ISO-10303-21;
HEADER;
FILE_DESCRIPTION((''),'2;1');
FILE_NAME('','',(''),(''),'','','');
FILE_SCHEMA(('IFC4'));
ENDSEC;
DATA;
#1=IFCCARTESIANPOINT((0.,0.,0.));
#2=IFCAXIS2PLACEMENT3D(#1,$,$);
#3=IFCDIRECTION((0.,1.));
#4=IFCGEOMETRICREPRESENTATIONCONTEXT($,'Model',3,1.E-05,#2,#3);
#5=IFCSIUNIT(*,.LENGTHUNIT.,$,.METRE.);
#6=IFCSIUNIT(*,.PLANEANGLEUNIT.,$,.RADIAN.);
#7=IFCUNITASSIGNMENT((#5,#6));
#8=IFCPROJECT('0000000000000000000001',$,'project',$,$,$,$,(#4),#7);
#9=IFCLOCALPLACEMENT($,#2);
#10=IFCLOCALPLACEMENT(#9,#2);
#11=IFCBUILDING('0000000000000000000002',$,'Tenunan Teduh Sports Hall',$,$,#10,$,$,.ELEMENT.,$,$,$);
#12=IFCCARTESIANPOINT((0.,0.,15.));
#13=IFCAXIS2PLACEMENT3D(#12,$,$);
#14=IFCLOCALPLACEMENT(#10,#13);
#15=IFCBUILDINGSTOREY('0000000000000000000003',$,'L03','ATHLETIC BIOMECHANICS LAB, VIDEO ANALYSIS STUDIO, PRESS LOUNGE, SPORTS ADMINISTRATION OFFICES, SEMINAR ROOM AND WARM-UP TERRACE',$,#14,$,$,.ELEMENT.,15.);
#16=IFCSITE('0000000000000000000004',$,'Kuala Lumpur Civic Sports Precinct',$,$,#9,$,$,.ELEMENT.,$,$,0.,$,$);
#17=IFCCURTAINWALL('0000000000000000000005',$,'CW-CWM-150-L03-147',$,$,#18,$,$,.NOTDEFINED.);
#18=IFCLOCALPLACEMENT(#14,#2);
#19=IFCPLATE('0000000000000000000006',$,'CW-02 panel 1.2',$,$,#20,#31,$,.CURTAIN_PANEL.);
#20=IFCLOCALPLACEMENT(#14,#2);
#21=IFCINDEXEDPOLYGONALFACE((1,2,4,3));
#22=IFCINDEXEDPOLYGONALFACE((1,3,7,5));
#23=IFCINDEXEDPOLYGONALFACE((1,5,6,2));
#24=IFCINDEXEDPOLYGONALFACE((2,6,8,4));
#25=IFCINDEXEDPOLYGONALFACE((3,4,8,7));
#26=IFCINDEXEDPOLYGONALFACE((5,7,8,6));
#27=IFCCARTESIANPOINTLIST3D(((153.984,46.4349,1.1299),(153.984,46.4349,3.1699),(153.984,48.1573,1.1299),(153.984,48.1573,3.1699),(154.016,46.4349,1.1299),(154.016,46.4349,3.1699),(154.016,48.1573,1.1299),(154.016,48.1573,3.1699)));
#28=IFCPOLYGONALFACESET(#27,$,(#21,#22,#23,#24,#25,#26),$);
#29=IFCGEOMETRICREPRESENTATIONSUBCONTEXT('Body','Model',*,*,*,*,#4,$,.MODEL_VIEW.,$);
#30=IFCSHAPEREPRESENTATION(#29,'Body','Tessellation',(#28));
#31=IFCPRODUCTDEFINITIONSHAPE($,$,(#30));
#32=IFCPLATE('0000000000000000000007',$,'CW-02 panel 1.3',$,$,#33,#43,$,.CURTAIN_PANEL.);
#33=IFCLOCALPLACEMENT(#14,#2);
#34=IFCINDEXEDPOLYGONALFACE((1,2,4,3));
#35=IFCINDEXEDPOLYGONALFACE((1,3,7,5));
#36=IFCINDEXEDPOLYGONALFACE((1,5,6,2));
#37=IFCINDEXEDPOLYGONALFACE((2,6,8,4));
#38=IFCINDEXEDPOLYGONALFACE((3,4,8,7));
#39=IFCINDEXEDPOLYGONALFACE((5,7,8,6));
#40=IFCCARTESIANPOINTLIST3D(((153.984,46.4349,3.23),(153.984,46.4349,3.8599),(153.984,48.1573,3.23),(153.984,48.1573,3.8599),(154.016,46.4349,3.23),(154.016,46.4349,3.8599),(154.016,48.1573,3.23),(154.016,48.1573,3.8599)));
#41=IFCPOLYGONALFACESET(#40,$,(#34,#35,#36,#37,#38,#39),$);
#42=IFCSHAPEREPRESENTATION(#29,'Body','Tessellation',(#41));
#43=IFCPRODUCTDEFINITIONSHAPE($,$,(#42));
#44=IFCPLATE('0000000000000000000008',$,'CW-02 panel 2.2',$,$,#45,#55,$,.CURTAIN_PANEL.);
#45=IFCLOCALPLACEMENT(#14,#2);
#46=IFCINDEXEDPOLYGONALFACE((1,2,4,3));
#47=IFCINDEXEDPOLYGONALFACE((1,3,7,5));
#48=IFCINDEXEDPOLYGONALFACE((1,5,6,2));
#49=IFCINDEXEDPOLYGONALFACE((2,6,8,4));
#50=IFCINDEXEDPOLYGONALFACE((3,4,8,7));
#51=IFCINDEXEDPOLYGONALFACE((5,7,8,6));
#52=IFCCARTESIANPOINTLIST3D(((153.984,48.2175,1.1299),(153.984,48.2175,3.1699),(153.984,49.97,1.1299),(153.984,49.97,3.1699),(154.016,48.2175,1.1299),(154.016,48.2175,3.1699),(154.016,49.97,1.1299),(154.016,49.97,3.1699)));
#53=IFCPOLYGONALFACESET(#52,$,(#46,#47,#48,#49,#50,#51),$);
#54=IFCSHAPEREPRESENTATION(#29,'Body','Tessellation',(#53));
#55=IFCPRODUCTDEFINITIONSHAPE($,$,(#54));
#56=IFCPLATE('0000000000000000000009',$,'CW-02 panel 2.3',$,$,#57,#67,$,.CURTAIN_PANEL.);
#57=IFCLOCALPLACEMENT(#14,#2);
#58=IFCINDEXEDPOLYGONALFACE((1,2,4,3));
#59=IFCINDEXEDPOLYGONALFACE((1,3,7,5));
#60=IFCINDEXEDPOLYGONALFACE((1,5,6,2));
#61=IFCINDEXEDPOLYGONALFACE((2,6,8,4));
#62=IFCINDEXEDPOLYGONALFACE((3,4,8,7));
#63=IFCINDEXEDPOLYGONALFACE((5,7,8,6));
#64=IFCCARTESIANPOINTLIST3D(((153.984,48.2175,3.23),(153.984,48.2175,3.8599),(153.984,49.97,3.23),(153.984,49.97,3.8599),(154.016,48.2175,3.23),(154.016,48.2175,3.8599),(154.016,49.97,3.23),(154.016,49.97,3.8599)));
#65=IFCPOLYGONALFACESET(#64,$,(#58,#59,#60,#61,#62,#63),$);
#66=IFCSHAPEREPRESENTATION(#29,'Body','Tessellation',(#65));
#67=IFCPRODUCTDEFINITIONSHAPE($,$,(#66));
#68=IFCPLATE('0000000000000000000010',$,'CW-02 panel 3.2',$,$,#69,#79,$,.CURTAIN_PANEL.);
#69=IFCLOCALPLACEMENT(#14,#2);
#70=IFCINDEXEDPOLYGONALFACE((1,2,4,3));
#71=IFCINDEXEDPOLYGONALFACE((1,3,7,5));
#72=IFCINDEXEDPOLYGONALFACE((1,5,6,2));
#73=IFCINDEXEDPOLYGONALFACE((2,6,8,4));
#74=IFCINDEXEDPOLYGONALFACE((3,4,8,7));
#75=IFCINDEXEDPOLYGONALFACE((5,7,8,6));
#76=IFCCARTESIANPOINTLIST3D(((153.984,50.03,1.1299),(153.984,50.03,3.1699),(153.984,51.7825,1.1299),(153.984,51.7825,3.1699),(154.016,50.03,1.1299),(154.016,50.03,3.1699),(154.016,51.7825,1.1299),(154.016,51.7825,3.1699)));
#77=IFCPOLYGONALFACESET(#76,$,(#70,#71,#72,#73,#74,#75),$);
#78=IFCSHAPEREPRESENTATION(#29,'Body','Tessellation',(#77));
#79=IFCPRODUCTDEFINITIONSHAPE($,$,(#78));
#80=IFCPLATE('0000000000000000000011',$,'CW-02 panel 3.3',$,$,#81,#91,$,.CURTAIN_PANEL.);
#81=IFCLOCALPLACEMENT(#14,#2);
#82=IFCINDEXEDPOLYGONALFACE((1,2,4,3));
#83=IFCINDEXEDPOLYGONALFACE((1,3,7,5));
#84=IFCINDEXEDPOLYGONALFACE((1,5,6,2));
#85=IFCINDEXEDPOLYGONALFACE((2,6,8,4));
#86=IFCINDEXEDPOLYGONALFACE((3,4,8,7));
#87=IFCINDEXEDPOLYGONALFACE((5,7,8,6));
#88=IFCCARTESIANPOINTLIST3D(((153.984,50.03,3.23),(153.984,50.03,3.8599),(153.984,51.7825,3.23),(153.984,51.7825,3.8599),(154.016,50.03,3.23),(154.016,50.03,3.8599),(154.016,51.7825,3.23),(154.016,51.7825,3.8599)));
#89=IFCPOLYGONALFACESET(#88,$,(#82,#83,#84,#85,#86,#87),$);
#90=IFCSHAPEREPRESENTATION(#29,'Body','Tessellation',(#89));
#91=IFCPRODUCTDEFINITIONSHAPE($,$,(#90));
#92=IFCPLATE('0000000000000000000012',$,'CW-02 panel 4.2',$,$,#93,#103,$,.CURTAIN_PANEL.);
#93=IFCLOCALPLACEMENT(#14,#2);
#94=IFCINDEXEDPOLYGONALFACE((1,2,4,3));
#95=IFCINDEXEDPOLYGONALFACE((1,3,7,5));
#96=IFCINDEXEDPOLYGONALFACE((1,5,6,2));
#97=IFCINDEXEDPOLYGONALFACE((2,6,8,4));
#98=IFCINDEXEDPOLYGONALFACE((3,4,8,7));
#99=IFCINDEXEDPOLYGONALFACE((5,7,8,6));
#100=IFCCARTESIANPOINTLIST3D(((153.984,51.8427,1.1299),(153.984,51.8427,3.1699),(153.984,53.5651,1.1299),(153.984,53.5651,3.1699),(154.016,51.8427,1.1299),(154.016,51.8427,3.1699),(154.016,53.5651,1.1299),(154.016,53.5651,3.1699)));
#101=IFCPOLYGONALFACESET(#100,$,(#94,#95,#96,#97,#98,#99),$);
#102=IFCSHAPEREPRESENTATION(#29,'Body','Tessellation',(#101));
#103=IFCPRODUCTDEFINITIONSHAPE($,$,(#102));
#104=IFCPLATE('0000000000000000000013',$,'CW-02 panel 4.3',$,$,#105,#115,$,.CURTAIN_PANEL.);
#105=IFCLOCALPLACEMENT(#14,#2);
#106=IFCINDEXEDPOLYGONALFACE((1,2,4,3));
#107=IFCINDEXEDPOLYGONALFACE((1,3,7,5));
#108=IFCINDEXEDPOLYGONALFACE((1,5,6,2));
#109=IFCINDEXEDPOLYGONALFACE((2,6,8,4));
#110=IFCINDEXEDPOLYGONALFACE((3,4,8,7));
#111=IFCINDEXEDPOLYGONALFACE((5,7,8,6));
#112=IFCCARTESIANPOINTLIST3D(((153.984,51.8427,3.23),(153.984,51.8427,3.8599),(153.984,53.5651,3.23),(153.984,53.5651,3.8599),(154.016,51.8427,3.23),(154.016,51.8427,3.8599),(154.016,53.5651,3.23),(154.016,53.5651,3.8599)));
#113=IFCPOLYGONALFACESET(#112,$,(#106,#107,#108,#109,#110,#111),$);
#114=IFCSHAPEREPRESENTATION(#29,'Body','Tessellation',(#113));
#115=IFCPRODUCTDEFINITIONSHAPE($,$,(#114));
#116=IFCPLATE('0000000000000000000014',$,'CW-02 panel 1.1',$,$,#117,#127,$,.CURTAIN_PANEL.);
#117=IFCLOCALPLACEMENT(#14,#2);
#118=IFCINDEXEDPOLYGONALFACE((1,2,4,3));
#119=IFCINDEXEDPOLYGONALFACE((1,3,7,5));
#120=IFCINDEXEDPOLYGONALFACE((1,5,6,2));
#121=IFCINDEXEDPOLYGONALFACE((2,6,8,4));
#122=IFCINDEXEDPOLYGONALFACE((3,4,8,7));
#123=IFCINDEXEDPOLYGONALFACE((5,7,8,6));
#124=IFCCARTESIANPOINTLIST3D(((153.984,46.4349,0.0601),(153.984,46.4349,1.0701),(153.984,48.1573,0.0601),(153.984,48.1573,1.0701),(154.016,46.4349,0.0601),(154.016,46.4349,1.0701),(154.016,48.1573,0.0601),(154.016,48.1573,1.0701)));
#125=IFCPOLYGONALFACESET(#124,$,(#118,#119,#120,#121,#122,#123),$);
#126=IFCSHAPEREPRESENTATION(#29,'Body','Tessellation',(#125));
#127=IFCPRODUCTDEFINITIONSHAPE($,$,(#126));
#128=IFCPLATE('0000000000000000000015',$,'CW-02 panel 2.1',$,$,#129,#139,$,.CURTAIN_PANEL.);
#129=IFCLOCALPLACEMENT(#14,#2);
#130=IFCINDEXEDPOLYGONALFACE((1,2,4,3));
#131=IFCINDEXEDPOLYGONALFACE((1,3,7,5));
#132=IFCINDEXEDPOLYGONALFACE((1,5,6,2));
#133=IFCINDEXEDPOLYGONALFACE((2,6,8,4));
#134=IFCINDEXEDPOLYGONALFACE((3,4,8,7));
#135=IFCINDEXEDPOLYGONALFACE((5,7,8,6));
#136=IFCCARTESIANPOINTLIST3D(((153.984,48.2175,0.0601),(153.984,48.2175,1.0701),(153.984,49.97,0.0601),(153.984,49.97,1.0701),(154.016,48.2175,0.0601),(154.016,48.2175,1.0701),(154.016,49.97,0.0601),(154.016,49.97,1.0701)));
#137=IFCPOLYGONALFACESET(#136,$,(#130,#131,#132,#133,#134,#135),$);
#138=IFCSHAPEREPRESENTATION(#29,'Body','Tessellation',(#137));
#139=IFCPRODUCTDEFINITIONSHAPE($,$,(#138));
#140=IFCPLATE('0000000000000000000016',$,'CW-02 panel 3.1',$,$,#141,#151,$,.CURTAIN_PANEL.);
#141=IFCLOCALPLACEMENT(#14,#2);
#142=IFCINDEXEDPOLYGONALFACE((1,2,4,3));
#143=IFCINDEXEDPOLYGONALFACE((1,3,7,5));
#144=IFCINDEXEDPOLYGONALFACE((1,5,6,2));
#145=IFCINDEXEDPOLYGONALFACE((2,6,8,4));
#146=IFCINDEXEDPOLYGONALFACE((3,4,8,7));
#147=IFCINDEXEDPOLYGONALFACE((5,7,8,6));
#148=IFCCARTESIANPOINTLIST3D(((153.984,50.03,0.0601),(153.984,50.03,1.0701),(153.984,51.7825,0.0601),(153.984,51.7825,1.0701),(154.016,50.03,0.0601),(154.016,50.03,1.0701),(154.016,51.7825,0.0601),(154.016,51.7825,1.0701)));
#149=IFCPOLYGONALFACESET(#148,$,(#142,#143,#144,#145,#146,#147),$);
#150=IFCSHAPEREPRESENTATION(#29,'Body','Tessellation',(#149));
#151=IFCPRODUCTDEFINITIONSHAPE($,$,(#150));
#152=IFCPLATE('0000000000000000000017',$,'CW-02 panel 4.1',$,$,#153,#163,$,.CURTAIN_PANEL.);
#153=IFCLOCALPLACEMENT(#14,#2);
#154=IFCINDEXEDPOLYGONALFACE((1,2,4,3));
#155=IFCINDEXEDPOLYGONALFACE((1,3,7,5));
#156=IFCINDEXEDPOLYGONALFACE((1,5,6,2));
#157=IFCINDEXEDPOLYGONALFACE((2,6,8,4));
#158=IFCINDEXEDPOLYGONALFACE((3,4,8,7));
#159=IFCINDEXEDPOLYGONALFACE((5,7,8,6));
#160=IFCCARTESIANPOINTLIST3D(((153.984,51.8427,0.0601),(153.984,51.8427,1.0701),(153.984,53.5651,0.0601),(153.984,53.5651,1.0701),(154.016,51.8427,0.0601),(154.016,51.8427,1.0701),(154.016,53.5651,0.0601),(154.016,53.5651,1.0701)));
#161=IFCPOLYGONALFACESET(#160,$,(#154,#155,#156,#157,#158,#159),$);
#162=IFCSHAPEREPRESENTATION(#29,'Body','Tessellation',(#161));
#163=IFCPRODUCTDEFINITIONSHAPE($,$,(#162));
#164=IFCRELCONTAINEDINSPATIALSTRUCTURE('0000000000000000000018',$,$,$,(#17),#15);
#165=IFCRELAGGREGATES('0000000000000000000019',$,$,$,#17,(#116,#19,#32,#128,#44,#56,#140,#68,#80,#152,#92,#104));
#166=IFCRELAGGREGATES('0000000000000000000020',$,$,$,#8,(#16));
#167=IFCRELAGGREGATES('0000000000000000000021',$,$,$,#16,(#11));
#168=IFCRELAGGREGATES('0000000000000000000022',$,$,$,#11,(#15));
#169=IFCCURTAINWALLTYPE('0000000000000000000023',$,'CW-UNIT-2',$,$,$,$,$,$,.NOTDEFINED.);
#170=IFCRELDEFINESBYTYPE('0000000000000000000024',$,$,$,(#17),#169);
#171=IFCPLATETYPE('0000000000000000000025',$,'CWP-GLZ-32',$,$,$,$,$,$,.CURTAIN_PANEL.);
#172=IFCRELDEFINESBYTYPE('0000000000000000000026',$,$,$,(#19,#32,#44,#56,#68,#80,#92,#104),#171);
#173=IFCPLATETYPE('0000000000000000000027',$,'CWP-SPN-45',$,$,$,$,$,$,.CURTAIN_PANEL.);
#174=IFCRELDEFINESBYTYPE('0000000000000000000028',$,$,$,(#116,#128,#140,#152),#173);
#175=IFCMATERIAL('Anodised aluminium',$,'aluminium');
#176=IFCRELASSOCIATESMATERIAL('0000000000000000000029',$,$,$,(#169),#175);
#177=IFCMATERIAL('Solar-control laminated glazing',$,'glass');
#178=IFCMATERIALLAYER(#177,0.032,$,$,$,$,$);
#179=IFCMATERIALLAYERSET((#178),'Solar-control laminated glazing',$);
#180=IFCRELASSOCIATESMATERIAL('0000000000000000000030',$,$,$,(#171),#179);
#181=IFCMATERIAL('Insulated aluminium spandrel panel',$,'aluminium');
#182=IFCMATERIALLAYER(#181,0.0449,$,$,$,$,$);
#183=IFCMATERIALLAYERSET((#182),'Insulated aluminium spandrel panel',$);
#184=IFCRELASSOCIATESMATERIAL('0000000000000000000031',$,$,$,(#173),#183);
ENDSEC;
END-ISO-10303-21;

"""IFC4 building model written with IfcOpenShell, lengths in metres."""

from ifc_helpers import new_model, si_unit, direction, frame, origin, origin_2d, place, context, subcontext, project, spatial, rectangle, extrude, material, layer, layer_set, type_object, element, aggregate, save


model = new_model("IFC4")

# Units and contexts
model_context = context("Model", 3, precision=1e-05, world=origin(), true_north=direction((0.0, 1.0)))
body_context = subcontext(model_context, "Body", "Model", "MODEL_VIEW")
ifc_project = project(units=[si_unit("LENGTHUNIT", "METRE"), si_unit("PLANEANGLEUNIT", "RADIAN")], contexts=[model_context])

# Site, building, storey
site_placement = place(None, origin())
site = spatial("IfcSite", under=ifc_project, at=site_placement, Name="Kuala Lumpur Civic Sports Precinct", CompositionType="ELEMENT", RefElevation=0.0)
building_placement = place(site_placement, origin())
building = spatial("IfcBuilding", under=site, at=building_placement, Name="Tenunan Teduh Sports Hall", CompositionType="ELEMENT")
storey_placement = place(building_placement, frame((0.0, 0.0, 15.0)))
storey = spatial("IfcBuildingStorey", under=building, at=storey_placement, Name="L03", Description="ATHLETIC BIOMECHANICS LAB, VIDEO ANALYSIS STUDIO, PRESS LOUNGE, SPORTS ADMINISTRATION OFFICES, SEMINAR ROOM AND WARM-UP TERRACE", CompositionType="ELEMENT", Elevation=15.0)

# Curtain wall
ifc_material_1 = material(Name="Anodised aluminium", Category="aluminium")
curtain_wall_type = type_object("IfcCurtainWallType", Name="CW-UNIT-2", PredefinedType="NOTDEFINED", material=ifc_material_1)
curtain_wall_1_placement = place(storey_placement, origin())
curtain_wall_1 = element("IfcCurtainWall", 1, at=curtain_wall_1_placement, inside=storey, type_object=curtain_wall_type, Name="CW-CWM-150-L03-147", PredefinedType="NOTDEFINED")

# Plates
ifc_material_2 = material(Name="Solar-control laminated glazing", Category="glass")
ifc_layer_1 = layer(ifc_material_2, 0.032)
ifc_layer_set_1 = layer_set([ifc_layer_1], Name="Solar-control laminated glazing")
plate_type_1 = type_object("IfcPlateType", Name="CWP-GLZ-32", PredefinedType="CURTAIN_PANEL", material=ifc_layer_set_1)
plate_1_placement = place(storey_placement, frame((154.0, 47.2961, 1.1299), z_axis=(0.0, 0.0, 1.0), x_axis=(0.0, 1.0, 0.0)))
plate_1 = element("IfcPlate", 2, at=plate_1_placement, type_object=plate_type_1, Name="CW-02 panel 1.2", PredefinedType="CURTAIN_PANEL", context=body_context, shape_type="SweptSolid", body=[
    extrude(rectangle(XDim=1.7224, YDim=0.032, at=origin_2d()), origin(), (0.0, 0.0, 1.0), 2.04),
])
plate_2_placement = place(storey_placement, frame((154.0, 47.2961, 3.23), z_axis=(0.0, 0.0, 1.0), x_axis=(0.0, 1.0, 0.0)))
plate_2 = element("IfcPlate", 3, at=plate_2_placement, type_object=plate_type_1, Name="CW-02 panel 1.3", PredefinedType="CURTAIN_PANEL", context=body_context, shape_type="SweptSolid", body=[
    extrude(rectangle(XDim=1.7224, YDim=0.032, at=origin_2d()), origin(), (0.0, 0.0, 1.0), 0.6299),
])
plate_3_placement = place(storey_placement, frame((154.0, 49.0938, 1.1299), z_axis=(0.0, 0.0, 1.0), x_axis=(0.0, 1.0, 0.0)))
plate_3 = element("IfcPlate", 4, at=plate_3_placement, type_object=plate_type_1, Name="CW-02 panel 2.2", PredefinedType="CURTAIN_PANEL", context=body_context, shape_type="SweptSolid", body=[
    extrude(rectangle(XDim=1.7524, YDim=0.032, at=origin_2d()), origin(), (0.0, 0.0, 1.0), 2.04),
])
plate_4_placement = place(storey_placement, frame((154.0, 49.0938, 3.23), z_axis=(0.0, 0.0, 1.0), x_axis=(0.0, 1.0, 0.0)))
plate_4 = element("IfcPlate", 5, at=plate_4_placement, type_object=plate_type_1, Name="CW-02 panel 2.3", PredefinedType="CURTAIN_PANEL", context=body_context, shape_type="SweptSolid", body=[
    extrude(rectangle(XDim=1.7524, YDim=0.032, at=origin_2d()), origin(), (0.0, 0.0, 1.0), 0.6299),
])
plate_5_placement = place(storey_placement, frame((154.0, 50.9062, 1.1299), z_axis=(0.0, 0.0, 1.0), x_axis=(0.0, 1.0, 0.0)))
plate_5 = element("IfcPlate", 6, at=plate_5_placement, type_object=plate_type_1, Name="CW-02 panel 3.2", PredefinedType="CURTAIN_PANEL", context=body_context, shape_type="SweptSolid", body=[
    extrude(rectangle(XDim=1.7524, YDim=0.032, at=origin_2d()), origin(), (0.0, 0.0, 1.0), 2.04),
])
plate_6_placement = place(storey_placement, frame((154.0, 50.9062, 3.23), z_axis=(0.0, 0.0, 1.0), x_axis=(0.0, 1.0, 0.0)))
plate_6 = element("IfcPlate", 7, at=plate_6_placement, type_object=plate_type_1, Name="CW-02 panel 3.3", PredefinedType="CURTAIN_PANEL", context=body_context, shape_type="SweptSolid", body=[
    extrude(rectangle(XDim=1.7524, YDim=0.032, at=origin_2d()), origin(), (0.0, 0.0, 1.0), 0.6299),
])
plate_7_placement = place(storey_placement, frame((154.0, 52.7039, 1.1299), z_axis=(0.0, 0.0, 1.0), x_axis=(0.0, 1.0, 0.0)))
plate_7 = element("IfcPlate", 8, at=plate_7_placement, type_object=plate_type_1, Name="CW-02 panel 4.2", PredefinedType="CURTAIN_PANEL", context=body_context, shape_type="SweptSolid", body=[
    extrude(rectangle(XDim=1.7224, YDim=0.032, at=origin_2d()), origin(), (0.0, 0.0, 1.0), 2.04),
])
plate_8_placement = place(storey_placement, frame((154.0, 52.7039, 3.23), z_axis=(0.0, 0.0, 1.0), x_axis=(0.0, 1.0, 0.0)))
plate_8 = element("IfcPlate", 9, at=plate_8_placement, type_object=plate_type_1, Name="CW-02 panel 4.3", PredefinedType="CURTAIN_PANEL", context=body_context, shape_type="SweptSolid", body=[
    extrude(rectangle(XDim=1.7224, YDim=0.032, at=origin_2d()), origin(), (0.0, 0.0, 1.0), 0.6299),
])
ifc_material_3 = material(Name="Insulated aluminium spandrel panel", Category="aluminium")
ifc_layer_2 = layer(ifc_material_3, 0.0449)
ifc_layer_set_2 = layer_set([ifc_layer_2], Name="Insulated aluminium spandrel panel")
plate_type_2 = type_object("IfcPlateType", Name="CWP-SPN-45", PredefinedType="CURTAIN_PANEL", material=ifc_layer_set_2)
plate_9_placement = place(storey_placement, frame((154.0, 47.2961, 0.0601), z_axis=(0.0, 0.0, 1.0), x_axis=(0.0, 1.0, 0.0)))
plate_9 = element("IfcPlate", 10, at=plate_9_placement, type_object=plate_type_2, Name="CW-02 panel 1.1", PredefinedType="CURTAIN_PANEL", context=body_context, shape_type="SweptSolid", body=[
    extrude(rectangle(XDim=1.7224, YDim=0.032, at=origin_2d()), origin(), (0.0, 0.0, 1.0), 1.01),
])
plate_10_placement = place(storey_placement, frame((154.0, 49.0938, 0.0601), z_axis=(0.0, 0.0, 1.0), x_axis=(0.0, 1.0, 0.0)))
plate_10 = element("IfcPlate", 11, at=plate_10_placement, type_object=plate_type_2, Name="CW-02 panel 2.1", PredefinedType="CURTAIN_PANEL", context=body_context, shape_type="SweptSolid", body=[
    extrude(rectangle(XDim=1.7524, YDim=0.032, at=origin_2d()), origin(), (0.0, 0.0, 1.0), 1.01),
])
plate_11_placement = place(storey_placement, frame((154.0, 50.9062, 0.0601), z_axis=(0.0, 0.0, 1.0), x_axis=(0.0, 1.0, 0.0)))
plate_11 = element("IfcPlate", 12, at=plate_11_placement, type_object=plate_type_2, Name="CW-02 panel 3.1", PredefinedType="CURTAIN_PANEL", context=body_context, shape_type="SweptSolid", body=[
    extrude(rectangle(XDim=1.7524, YDim=0.032, at=origin_2d()), origin(), (0.0, 0.0, 1.0), 1.01),
])
plate_12_placement = place(storey_placement, frame((154.0, 52.7039, 0.0601), z_axis=(0.0, 0.0, 1.0), x_axis=(0.0, 1.0, 0.0)))
plate_12 = element("IfcPlate", 13, at=plate_12_placement, type_object=plate_type_2, Name="CW-02 panel 4.1", PredefinedType="CURTAIN_PANEL", context=body_context, shape_type="SweptSolid", body=[
    extrude(rectangle(XDim=1.7224, YDim=0.032, at=origin_2d()), origin(), (0.0, 0.0, 1.0), 1.01),
])
aggregate(curtain_wall_1, [plate_9, plate_1, plate_2, plate_10, plate_3, plate_4, plate_11, plate_5, plate_6, plate_12, plate_7, plate_8])

save(model, "model.ifc")
